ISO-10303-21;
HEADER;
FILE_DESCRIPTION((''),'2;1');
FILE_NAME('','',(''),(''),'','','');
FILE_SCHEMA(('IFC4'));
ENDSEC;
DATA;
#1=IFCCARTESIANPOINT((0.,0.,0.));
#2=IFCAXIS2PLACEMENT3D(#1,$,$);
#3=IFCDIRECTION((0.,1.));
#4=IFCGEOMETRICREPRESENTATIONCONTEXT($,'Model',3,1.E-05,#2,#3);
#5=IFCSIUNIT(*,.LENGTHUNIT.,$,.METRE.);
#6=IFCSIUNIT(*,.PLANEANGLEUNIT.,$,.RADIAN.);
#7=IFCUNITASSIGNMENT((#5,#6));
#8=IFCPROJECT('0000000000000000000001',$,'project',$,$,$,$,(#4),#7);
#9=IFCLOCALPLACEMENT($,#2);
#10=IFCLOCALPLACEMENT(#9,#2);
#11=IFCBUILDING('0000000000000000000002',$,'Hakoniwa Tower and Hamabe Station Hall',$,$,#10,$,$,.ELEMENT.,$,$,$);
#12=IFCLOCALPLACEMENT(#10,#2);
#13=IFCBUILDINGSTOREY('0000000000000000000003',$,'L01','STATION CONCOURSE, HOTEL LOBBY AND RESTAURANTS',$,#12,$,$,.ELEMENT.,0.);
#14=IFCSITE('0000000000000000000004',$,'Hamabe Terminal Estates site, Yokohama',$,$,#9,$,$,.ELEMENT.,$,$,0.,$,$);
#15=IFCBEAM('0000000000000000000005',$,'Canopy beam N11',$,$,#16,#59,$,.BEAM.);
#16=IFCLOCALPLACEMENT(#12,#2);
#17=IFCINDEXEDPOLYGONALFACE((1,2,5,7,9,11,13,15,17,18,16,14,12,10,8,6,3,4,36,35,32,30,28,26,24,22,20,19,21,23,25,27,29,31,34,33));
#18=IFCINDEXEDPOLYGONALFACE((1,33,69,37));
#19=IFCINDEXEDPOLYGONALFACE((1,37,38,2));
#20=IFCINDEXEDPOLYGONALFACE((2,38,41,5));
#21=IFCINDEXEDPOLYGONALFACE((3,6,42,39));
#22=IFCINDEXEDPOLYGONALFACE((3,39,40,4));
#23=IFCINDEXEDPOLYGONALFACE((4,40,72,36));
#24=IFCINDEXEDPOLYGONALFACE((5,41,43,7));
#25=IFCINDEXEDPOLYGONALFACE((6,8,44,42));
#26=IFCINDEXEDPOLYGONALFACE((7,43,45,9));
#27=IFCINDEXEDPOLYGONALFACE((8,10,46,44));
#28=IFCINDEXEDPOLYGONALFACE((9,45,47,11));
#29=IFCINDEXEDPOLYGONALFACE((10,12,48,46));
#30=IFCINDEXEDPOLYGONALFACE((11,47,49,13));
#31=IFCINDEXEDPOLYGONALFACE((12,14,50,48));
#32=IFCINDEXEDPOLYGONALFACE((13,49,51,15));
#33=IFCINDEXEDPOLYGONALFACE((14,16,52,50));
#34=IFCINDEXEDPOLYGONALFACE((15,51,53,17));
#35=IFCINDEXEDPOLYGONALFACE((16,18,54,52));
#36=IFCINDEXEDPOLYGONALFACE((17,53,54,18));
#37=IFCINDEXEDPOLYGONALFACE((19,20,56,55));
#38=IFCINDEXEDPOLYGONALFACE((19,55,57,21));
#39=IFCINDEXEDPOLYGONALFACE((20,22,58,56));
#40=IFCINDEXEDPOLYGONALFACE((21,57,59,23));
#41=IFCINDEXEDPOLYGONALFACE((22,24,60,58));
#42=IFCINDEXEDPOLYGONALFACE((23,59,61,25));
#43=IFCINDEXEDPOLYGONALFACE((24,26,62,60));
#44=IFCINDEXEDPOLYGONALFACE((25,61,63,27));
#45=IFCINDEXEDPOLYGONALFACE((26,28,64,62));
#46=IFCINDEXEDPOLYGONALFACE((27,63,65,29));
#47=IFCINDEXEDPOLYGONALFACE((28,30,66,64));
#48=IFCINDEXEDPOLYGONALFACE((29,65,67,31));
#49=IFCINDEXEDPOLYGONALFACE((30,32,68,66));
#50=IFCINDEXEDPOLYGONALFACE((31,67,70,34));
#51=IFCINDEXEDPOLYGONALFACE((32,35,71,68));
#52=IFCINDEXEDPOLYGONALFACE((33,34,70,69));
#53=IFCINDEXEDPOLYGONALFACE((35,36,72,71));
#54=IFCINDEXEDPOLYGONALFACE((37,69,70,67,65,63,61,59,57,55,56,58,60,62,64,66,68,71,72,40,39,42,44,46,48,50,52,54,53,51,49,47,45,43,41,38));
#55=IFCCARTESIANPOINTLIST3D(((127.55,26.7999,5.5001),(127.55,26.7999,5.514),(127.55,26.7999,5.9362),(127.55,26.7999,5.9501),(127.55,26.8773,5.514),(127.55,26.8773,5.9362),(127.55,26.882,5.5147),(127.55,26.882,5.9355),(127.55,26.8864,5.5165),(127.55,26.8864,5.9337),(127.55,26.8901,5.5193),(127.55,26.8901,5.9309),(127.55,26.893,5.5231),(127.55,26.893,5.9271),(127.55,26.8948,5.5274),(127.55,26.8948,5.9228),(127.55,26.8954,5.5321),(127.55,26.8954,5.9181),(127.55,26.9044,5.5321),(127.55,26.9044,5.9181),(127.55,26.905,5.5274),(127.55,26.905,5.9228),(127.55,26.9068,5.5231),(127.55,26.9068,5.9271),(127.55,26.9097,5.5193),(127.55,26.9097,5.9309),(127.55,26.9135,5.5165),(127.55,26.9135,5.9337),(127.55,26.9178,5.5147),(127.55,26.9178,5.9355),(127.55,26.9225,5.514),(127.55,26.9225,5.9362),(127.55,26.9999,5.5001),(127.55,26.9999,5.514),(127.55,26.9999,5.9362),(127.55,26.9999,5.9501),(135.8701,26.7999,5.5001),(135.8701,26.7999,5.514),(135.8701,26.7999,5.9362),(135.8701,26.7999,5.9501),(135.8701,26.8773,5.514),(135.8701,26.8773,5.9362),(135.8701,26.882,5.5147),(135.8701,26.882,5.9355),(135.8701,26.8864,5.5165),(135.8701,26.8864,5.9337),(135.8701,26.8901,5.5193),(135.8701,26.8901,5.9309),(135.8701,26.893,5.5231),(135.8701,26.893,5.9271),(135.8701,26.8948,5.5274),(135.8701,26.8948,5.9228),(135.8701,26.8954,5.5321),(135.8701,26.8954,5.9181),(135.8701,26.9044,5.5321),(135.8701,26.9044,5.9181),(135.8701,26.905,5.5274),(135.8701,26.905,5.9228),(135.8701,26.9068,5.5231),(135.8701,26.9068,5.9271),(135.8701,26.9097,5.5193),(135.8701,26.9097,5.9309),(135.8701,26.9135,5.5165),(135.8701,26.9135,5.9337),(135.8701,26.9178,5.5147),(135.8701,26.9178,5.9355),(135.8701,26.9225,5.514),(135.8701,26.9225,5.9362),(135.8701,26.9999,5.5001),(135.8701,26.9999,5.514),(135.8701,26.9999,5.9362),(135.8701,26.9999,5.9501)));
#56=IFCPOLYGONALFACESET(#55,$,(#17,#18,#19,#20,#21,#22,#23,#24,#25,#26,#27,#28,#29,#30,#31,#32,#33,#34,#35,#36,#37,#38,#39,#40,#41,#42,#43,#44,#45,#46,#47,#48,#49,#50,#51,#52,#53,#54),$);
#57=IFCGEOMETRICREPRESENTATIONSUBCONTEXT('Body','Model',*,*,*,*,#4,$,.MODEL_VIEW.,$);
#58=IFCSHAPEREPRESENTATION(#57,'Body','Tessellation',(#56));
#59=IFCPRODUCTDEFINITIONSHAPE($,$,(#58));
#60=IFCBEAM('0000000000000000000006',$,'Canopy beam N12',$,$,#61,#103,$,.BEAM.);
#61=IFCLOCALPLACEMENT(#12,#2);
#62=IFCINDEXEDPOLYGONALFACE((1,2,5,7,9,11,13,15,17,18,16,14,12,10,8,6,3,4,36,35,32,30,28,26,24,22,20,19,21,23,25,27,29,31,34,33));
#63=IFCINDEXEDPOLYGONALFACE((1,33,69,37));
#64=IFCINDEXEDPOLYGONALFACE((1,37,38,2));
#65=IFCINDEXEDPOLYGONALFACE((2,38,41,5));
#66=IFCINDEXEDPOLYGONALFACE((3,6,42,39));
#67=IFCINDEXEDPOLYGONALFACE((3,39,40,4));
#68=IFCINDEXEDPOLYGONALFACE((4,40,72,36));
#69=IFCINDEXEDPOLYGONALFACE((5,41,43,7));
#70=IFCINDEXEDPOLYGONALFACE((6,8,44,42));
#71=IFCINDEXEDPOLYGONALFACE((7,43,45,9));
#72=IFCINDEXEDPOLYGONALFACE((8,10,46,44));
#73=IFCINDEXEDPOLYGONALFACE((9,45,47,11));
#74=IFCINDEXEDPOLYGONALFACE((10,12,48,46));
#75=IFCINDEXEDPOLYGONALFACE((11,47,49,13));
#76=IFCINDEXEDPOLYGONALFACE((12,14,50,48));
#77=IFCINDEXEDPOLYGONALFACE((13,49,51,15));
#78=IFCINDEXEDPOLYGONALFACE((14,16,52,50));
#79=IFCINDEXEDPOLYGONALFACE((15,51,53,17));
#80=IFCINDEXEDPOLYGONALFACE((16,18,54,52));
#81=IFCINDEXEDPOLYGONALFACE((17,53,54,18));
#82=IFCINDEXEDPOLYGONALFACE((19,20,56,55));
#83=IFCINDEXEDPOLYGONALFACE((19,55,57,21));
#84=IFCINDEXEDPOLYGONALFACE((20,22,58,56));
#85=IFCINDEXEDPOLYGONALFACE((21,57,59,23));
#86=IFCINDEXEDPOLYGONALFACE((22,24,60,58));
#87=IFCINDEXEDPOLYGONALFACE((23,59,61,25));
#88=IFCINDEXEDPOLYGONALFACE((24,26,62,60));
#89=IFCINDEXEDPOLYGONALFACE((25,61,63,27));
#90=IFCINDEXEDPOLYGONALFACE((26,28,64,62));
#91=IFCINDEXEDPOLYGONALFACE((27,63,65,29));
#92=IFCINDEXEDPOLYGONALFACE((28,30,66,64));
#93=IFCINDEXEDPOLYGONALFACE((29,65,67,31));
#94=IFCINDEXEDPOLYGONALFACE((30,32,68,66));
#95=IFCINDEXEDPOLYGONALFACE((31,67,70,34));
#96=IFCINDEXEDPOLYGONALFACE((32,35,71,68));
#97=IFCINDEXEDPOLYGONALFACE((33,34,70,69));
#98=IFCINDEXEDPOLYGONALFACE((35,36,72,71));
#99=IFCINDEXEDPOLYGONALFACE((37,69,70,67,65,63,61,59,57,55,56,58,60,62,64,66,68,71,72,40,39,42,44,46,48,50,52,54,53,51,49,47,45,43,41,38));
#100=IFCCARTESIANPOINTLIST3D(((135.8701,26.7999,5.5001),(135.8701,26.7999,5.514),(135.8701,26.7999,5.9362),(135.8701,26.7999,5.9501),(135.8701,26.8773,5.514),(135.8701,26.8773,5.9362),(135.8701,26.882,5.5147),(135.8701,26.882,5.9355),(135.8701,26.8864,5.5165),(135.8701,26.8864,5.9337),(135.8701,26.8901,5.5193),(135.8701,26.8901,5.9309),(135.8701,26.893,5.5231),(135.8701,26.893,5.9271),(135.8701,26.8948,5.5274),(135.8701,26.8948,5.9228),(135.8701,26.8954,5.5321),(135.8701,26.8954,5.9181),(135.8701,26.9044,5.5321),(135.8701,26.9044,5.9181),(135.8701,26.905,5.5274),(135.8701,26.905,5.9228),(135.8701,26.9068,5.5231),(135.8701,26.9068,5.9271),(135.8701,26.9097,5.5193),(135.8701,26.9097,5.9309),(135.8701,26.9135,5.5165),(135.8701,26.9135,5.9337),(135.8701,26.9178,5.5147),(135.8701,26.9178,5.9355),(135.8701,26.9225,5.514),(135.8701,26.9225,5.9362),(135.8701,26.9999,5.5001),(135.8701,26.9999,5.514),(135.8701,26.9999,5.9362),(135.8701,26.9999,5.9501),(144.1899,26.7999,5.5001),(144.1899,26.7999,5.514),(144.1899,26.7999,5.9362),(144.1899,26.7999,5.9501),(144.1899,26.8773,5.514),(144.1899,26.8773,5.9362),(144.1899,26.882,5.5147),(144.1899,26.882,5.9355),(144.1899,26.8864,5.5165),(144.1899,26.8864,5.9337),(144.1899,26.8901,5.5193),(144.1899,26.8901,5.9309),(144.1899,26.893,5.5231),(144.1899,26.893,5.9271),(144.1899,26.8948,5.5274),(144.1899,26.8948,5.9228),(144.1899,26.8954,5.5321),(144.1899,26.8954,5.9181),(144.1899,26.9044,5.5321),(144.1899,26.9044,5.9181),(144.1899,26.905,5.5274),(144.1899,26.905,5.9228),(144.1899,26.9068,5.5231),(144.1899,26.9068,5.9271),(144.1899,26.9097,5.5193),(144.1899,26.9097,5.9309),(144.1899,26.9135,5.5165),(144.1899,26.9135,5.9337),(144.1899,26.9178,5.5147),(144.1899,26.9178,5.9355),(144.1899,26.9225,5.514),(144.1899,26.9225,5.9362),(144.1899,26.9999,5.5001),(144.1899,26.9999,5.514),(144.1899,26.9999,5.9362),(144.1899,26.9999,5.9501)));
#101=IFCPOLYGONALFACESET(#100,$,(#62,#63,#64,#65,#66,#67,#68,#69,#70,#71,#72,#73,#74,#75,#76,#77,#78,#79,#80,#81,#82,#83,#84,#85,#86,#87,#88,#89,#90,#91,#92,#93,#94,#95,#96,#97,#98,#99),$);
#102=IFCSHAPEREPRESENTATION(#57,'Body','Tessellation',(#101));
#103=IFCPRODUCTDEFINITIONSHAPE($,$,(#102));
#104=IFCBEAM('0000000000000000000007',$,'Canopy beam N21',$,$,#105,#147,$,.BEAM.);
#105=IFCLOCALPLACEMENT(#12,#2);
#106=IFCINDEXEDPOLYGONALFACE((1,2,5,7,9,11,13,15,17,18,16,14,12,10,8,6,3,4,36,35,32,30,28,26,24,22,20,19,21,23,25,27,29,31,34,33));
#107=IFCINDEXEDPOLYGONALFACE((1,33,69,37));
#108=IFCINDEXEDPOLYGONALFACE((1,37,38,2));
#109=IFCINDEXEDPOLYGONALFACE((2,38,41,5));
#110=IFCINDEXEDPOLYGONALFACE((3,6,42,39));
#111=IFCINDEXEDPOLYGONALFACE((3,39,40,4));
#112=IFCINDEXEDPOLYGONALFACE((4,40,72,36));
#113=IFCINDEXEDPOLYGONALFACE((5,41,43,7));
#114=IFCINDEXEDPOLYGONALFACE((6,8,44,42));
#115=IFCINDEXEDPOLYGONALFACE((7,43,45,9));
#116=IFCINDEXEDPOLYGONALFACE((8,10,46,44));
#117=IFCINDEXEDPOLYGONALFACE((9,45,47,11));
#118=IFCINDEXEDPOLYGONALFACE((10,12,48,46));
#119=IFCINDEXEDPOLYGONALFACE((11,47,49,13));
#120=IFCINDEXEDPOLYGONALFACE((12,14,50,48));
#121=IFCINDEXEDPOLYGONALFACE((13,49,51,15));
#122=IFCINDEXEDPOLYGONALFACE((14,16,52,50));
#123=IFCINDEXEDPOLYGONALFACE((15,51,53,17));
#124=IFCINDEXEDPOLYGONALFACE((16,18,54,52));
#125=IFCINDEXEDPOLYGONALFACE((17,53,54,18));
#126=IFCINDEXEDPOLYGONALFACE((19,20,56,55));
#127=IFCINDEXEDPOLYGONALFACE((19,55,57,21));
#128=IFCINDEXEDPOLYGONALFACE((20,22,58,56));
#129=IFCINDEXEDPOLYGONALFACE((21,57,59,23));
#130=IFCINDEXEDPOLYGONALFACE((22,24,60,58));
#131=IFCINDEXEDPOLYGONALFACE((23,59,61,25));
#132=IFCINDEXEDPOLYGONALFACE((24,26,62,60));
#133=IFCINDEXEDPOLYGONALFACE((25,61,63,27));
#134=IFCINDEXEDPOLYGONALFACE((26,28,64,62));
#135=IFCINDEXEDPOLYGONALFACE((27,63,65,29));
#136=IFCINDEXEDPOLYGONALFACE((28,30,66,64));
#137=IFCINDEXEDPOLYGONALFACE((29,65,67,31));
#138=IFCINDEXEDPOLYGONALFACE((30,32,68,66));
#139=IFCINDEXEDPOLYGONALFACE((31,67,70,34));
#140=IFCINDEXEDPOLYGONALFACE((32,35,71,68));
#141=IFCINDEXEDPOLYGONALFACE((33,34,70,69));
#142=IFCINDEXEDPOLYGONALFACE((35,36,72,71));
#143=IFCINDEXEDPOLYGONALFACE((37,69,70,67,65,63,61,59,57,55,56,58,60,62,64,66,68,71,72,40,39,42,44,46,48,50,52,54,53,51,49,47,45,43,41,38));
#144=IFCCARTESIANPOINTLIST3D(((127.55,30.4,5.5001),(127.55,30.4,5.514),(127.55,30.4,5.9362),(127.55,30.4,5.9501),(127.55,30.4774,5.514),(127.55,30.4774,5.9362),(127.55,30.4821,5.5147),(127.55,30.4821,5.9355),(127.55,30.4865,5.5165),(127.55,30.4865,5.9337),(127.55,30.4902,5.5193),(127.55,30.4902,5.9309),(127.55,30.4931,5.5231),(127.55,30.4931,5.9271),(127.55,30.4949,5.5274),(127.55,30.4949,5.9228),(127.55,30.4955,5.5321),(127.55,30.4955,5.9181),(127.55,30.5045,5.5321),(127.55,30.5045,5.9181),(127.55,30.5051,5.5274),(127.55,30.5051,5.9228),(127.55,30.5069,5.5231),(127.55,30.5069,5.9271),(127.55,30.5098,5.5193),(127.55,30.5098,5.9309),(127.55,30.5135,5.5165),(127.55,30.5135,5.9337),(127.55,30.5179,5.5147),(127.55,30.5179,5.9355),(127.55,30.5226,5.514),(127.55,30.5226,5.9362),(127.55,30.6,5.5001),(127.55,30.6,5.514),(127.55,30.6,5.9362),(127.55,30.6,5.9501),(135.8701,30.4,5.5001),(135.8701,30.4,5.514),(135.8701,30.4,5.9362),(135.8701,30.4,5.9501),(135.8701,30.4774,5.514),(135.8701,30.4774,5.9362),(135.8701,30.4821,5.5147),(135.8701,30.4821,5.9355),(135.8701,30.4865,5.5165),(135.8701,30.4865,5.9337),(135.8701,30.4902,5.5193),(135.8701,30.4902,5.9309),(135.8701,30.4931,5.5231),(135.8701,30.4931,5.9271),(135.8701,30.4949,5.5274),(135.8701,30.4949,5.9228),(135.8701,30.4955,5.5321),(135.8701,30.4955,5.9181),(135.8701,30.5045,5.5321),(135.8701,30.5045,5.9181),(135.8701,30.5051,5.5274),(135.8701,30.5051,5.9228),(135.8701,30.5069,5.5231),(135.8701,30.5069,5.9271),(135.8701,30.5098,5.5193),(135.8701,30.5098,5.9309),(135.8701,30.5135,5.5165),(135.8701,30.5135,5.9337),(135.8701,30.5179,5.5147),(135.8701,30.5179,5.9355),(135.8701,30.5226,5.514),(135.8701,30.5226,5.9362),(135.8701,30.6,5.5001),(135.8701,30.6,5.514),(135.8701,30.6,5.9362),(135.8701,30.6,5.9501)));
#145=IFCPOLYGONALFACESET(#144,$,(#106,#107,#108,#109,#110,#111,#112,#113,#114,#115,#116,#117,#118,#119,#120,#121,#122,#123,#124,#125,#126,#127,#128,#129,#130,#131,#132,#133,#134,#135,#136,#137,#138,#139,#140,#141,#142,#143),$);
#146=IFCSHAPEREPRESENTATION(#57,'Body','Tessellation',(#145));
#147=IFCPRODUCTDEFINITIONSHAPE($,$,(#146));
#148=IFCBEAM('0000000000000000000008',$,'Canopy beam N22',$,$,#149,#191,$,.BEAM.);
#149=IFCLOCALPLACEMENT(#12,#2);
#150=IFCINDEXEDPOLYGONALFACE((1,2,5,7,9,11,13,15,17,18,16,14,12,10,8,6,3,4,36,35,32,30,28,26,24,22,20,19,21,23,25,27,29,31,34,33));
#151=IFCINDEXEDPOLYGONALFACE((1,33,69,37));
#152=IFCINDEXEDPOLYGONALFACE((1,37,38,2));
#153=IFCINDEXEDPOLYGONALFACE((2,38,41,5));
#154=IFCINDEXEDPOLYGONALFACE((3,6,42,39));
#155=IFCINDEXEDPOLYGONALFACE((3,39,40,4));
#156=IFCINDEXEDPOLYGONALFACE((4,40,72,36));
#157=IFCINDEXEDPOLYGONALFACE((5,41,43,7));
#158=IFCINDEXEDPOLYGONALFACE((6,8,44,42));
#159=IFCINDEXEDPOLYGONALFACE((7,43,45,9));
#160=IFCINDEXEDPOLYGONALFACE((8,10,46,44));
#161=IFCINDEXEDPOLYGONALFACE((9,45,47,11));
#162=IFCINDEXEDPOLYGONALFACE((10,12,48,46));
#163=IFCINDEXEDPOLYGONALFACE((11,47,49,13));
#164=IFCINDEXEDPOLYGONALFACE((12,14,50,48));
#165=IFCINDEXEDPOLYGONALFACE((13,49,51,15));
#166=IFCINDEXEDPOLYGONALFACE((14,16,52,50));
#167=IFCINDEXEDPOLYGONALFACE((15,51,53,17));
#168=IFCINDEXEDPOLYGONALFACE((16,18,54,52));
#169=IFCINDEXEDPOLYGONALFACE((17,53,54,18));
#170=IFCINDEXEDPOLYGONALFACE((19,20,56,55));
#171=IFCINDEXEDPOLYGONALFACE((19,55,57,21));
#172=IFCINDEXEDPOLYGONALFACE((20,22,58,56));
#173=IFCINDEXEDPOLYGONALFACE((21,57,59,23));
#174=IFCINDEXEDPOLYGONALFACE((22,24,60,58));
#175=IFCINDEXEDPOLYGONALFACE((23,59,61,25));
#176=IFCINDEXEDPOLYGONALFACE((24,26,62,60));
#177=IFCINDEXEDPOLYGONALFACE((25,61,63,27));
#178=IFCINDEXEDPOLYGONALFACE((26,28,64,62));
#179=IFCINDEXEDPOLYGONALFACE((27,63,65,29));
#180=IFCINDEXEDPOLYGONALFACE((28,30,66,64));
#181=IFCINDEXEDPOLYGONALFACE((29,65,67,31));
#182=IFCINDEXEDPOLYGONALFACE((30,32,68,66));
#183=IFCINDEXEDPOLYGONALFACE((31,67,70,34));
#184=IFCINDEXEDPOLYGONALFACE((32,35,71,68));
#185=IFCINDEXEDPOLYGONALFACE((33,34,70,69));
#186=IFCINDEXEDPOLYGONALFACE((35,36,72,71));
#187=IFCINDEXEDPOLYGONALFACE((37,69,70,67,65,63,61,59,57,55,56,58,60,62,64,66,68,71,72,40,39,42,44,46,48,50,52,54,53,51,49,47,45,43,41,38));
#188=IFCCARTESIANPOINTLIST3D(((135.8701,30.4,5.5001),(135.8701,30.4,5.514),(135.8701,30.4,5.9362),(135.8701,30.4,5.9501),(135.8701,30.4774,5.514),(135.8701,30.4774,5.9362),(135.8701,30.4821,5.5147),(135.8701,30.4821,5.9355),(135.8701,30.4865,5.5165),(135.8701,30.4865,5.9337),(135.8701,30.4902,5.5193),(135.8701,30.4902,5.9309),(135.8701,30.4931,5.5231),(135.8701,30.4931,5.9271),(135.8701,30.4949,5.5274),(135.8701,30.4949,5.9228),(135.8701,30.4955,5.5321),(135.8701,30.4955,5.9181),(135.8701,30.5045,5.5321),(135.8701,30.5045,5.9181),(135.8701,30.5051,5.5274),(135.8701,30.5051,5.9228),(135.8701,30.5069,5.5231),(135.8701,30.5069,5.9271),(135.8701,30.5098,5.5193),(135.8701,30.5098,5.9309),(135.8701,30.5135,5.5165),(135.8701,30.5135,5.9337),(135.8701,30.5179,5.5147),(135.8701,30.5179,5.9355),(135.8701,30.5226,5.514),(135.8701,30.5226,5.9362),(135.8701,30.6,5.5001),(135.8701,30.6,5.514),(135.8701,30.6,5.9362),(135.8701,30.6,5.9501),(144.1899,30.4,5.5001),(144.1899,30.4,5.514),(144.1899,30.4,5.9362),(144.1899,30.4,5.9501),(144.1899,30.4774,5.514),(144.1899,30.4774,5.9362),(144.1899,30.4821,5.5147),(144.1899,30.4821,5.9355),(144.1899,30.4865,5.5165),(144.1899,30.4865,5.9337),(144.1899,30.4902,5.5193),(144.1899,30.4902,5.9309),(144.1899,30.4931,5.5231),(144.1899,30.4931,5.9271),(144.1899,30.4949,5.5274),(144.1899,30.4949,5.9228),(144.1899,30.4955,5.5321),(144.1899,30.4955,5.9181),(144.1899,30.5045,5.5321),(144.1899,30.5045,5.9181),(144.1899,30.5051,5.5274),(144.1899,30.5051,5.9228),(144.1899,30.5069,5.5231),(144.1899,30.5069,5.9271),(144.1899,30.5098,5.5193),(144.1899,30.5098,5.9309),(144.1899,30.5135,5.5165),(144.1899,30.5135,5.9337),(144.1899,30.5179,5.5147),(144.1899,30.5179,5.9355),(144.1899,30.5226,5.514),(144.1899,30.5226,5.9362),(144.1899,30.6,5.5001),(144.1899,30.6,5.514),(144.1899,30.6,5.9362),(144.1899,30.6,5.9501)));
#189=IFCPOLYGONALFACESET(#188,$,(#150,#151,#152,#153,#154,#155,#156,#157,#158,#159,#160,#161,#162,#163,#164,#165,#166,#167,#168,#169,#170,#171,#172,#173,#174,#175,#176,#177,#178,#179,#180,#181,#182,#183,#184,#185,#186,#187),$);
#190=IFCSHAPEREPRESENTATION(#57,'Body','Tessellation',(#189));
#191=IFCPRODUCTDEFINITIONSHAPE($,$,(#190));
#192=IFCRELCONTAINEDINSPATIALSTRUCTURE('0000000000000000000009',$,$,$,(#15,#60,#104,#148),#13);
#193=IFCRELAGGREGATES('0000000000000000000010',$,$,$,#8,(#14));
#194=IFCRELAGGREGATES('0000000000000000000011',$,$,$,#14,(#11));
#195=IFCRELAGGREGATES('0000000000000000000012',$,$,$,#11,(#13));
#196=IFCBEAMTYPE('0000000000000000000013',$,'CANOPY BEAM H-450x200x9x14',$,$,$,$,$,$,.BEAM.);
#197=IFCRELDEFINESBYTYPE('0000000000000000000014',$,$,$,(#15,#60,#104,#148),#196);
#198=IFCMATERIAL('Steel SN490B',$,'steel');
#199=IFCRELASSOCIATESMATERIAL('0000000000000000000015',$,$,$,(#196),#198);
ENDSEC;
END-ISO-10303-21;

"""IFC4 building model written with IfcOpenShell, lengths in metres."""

from ifc_helpers import new_model, si_unit, direction, frame, origin, origin_2d, place, context, subcontext, project, spatial, i_section, extrude, material, material_profile, profile_set, type_object, element, save


model = new_model("IFC4")

# Units and contexts
model_context = context("Model", 3, precision=1e-05, world=origin(), true_north=direction((0.0, 1.0)))
body_context = subcontext(model_context, "Body", "Model", "MODEL_VIEW")
ifc_project = project(units=[si_unit("LENGTHUNIT", "METRE"), si_unit("PLANEANGLEUNIT", "RADIAN")], contexts=[model_context])

# Site, building, storey
site_placement = place(None, origin())
site = spatial("IfcSite", under=ifc_project, at=site_placement, Name="Hamabe Terminal Estates site, Yokohama", CompositionType="ELEMENT", RefElevation=0.0)
building_placement = place(site_placement, origin())
building = spatial("IfcBuilding", under=site, at=building_placement, Name="Hakoniwa Tower and Hamabe Station Hall", CompositionType="ELEMENT")
storey_placement = place(building_placement, origin())
storey = spatial("IfcBuildingStorey", under=building, at=storey_placement, Name="L01", Description="STATION CONCOURSE, HOTEL LOBBY AND RESTAURANTS", CompositionType="ELEMENT", Elevation=0.0)

# Beams
ifc_material_1 = material(Name="Steel SN490B", Category="steel")
ifc_material_profile_1 = material_profile(ifc_material_1, i_section(OverallWidth=0.2, OverallDepth=0.45, WebThickness=0.009, FlangeThickness=0.0139, FilletRadius=0.0181, at=origin_2d()), Name="H-450x200x9x14")
ifc_profile_set_1 = profile_set([ifc_material_profile_1], Name="Steel SN490B")
beam_type = type_object("IfcBeamType", Name="CANOPY BEAM H-450x200x9x14", PredefinedType="BEAM", material=ifc_profile_set_1)
beam_1_placement = place(storey_placement, frame((127.55, 26.8999, 5.7251), z_axis=(1.0, 0.0, 0.0), x_axis=(0.0, 1.0, 0.0)))
element("IfcBeam", 1, at=beam_1_placement, inside=storey, type_object=beam_type, Name="Canopy beam N11", PredefinedType="BEAM", context=body_context, shape_type="SweptSolid", body=[
    extrude(i_section(OverallWidth=0.2, OverallDepth=0.45, WebThickness=0.009, FlangeThickness=0.0139, FilletRadius=0.0181, at=origin_2d()), origin(), (0.0, 0.0, 1.0), 8.3201),
])
beam_2_placement = place(storey_placement, frame((135.8701, 26.8999, 5.7251), z_axis=(1.0, 0.0, 0.0), x_axis=(0.0, 1.0, 0.0)))
element("IfcBeam", 2, at=beam_2_placement, inside=storey, type_object=beam_type, Name="Canopy beam N12", PredefinedType="BEAM", context=body_context, shape_type="SweptSolid", body=[
    extrude(i_section(OverallWidth=0.2, OverallDepth=0.45, WebThickness=0.009, FlangeThickness=0.0139, FilletRadius=0.0181, at=origin_2d()), origin(), (0.0, 0.0, 1.0), 8.3198),
])
beam_3_placement = place(storey_placement, frame((127.55, 30.5, 5.7251), z_axis=(1.0, 0.0, 0.0), x_axis=(0.0, 1.0, 0.0)))
element("IfcBeam", 3, at=beam_3_placement, inside=storey, type_object=beam_type, Name="Canopy beam N21", PredefinedType="BEAM", context=body_context, shape_type="SweptSolid", body=[
    extrude(i_section(OverallWidth=0.2, OverallDepth=0.45, WebThickness=0.009, FlangeThickness=0.0139, FilletRadius=0.0181, at=origin_2d()), origin(), (0.0, 0.0, 1.0), 8.3201),
])
beam_4_placement = place(storey_placement, frame((135.8701, 30.5, 5.7251), z_axis=(1.0, 0.0, 0.0), x_axis=(0.0, 1.0, 0.0)))
element("IfcBeam", 4, at=beam_4_placement, inside=storey, type_object=beam_type, Name="Canopy beam N22", PredefinedType="BEAM", context=body_context, shape_type="SweptSolid", body=[
    extrude(i_section(OverallWidth=0.2, OverallDepth=0.45, WebThickness=0.009, FlangeThickness=0.0139, FilletRadius=0.0181, at=origin_2d()), origin(), (0.0, 0.0, 1.0), 8.3198),
])

save(model, "model.ifc")
